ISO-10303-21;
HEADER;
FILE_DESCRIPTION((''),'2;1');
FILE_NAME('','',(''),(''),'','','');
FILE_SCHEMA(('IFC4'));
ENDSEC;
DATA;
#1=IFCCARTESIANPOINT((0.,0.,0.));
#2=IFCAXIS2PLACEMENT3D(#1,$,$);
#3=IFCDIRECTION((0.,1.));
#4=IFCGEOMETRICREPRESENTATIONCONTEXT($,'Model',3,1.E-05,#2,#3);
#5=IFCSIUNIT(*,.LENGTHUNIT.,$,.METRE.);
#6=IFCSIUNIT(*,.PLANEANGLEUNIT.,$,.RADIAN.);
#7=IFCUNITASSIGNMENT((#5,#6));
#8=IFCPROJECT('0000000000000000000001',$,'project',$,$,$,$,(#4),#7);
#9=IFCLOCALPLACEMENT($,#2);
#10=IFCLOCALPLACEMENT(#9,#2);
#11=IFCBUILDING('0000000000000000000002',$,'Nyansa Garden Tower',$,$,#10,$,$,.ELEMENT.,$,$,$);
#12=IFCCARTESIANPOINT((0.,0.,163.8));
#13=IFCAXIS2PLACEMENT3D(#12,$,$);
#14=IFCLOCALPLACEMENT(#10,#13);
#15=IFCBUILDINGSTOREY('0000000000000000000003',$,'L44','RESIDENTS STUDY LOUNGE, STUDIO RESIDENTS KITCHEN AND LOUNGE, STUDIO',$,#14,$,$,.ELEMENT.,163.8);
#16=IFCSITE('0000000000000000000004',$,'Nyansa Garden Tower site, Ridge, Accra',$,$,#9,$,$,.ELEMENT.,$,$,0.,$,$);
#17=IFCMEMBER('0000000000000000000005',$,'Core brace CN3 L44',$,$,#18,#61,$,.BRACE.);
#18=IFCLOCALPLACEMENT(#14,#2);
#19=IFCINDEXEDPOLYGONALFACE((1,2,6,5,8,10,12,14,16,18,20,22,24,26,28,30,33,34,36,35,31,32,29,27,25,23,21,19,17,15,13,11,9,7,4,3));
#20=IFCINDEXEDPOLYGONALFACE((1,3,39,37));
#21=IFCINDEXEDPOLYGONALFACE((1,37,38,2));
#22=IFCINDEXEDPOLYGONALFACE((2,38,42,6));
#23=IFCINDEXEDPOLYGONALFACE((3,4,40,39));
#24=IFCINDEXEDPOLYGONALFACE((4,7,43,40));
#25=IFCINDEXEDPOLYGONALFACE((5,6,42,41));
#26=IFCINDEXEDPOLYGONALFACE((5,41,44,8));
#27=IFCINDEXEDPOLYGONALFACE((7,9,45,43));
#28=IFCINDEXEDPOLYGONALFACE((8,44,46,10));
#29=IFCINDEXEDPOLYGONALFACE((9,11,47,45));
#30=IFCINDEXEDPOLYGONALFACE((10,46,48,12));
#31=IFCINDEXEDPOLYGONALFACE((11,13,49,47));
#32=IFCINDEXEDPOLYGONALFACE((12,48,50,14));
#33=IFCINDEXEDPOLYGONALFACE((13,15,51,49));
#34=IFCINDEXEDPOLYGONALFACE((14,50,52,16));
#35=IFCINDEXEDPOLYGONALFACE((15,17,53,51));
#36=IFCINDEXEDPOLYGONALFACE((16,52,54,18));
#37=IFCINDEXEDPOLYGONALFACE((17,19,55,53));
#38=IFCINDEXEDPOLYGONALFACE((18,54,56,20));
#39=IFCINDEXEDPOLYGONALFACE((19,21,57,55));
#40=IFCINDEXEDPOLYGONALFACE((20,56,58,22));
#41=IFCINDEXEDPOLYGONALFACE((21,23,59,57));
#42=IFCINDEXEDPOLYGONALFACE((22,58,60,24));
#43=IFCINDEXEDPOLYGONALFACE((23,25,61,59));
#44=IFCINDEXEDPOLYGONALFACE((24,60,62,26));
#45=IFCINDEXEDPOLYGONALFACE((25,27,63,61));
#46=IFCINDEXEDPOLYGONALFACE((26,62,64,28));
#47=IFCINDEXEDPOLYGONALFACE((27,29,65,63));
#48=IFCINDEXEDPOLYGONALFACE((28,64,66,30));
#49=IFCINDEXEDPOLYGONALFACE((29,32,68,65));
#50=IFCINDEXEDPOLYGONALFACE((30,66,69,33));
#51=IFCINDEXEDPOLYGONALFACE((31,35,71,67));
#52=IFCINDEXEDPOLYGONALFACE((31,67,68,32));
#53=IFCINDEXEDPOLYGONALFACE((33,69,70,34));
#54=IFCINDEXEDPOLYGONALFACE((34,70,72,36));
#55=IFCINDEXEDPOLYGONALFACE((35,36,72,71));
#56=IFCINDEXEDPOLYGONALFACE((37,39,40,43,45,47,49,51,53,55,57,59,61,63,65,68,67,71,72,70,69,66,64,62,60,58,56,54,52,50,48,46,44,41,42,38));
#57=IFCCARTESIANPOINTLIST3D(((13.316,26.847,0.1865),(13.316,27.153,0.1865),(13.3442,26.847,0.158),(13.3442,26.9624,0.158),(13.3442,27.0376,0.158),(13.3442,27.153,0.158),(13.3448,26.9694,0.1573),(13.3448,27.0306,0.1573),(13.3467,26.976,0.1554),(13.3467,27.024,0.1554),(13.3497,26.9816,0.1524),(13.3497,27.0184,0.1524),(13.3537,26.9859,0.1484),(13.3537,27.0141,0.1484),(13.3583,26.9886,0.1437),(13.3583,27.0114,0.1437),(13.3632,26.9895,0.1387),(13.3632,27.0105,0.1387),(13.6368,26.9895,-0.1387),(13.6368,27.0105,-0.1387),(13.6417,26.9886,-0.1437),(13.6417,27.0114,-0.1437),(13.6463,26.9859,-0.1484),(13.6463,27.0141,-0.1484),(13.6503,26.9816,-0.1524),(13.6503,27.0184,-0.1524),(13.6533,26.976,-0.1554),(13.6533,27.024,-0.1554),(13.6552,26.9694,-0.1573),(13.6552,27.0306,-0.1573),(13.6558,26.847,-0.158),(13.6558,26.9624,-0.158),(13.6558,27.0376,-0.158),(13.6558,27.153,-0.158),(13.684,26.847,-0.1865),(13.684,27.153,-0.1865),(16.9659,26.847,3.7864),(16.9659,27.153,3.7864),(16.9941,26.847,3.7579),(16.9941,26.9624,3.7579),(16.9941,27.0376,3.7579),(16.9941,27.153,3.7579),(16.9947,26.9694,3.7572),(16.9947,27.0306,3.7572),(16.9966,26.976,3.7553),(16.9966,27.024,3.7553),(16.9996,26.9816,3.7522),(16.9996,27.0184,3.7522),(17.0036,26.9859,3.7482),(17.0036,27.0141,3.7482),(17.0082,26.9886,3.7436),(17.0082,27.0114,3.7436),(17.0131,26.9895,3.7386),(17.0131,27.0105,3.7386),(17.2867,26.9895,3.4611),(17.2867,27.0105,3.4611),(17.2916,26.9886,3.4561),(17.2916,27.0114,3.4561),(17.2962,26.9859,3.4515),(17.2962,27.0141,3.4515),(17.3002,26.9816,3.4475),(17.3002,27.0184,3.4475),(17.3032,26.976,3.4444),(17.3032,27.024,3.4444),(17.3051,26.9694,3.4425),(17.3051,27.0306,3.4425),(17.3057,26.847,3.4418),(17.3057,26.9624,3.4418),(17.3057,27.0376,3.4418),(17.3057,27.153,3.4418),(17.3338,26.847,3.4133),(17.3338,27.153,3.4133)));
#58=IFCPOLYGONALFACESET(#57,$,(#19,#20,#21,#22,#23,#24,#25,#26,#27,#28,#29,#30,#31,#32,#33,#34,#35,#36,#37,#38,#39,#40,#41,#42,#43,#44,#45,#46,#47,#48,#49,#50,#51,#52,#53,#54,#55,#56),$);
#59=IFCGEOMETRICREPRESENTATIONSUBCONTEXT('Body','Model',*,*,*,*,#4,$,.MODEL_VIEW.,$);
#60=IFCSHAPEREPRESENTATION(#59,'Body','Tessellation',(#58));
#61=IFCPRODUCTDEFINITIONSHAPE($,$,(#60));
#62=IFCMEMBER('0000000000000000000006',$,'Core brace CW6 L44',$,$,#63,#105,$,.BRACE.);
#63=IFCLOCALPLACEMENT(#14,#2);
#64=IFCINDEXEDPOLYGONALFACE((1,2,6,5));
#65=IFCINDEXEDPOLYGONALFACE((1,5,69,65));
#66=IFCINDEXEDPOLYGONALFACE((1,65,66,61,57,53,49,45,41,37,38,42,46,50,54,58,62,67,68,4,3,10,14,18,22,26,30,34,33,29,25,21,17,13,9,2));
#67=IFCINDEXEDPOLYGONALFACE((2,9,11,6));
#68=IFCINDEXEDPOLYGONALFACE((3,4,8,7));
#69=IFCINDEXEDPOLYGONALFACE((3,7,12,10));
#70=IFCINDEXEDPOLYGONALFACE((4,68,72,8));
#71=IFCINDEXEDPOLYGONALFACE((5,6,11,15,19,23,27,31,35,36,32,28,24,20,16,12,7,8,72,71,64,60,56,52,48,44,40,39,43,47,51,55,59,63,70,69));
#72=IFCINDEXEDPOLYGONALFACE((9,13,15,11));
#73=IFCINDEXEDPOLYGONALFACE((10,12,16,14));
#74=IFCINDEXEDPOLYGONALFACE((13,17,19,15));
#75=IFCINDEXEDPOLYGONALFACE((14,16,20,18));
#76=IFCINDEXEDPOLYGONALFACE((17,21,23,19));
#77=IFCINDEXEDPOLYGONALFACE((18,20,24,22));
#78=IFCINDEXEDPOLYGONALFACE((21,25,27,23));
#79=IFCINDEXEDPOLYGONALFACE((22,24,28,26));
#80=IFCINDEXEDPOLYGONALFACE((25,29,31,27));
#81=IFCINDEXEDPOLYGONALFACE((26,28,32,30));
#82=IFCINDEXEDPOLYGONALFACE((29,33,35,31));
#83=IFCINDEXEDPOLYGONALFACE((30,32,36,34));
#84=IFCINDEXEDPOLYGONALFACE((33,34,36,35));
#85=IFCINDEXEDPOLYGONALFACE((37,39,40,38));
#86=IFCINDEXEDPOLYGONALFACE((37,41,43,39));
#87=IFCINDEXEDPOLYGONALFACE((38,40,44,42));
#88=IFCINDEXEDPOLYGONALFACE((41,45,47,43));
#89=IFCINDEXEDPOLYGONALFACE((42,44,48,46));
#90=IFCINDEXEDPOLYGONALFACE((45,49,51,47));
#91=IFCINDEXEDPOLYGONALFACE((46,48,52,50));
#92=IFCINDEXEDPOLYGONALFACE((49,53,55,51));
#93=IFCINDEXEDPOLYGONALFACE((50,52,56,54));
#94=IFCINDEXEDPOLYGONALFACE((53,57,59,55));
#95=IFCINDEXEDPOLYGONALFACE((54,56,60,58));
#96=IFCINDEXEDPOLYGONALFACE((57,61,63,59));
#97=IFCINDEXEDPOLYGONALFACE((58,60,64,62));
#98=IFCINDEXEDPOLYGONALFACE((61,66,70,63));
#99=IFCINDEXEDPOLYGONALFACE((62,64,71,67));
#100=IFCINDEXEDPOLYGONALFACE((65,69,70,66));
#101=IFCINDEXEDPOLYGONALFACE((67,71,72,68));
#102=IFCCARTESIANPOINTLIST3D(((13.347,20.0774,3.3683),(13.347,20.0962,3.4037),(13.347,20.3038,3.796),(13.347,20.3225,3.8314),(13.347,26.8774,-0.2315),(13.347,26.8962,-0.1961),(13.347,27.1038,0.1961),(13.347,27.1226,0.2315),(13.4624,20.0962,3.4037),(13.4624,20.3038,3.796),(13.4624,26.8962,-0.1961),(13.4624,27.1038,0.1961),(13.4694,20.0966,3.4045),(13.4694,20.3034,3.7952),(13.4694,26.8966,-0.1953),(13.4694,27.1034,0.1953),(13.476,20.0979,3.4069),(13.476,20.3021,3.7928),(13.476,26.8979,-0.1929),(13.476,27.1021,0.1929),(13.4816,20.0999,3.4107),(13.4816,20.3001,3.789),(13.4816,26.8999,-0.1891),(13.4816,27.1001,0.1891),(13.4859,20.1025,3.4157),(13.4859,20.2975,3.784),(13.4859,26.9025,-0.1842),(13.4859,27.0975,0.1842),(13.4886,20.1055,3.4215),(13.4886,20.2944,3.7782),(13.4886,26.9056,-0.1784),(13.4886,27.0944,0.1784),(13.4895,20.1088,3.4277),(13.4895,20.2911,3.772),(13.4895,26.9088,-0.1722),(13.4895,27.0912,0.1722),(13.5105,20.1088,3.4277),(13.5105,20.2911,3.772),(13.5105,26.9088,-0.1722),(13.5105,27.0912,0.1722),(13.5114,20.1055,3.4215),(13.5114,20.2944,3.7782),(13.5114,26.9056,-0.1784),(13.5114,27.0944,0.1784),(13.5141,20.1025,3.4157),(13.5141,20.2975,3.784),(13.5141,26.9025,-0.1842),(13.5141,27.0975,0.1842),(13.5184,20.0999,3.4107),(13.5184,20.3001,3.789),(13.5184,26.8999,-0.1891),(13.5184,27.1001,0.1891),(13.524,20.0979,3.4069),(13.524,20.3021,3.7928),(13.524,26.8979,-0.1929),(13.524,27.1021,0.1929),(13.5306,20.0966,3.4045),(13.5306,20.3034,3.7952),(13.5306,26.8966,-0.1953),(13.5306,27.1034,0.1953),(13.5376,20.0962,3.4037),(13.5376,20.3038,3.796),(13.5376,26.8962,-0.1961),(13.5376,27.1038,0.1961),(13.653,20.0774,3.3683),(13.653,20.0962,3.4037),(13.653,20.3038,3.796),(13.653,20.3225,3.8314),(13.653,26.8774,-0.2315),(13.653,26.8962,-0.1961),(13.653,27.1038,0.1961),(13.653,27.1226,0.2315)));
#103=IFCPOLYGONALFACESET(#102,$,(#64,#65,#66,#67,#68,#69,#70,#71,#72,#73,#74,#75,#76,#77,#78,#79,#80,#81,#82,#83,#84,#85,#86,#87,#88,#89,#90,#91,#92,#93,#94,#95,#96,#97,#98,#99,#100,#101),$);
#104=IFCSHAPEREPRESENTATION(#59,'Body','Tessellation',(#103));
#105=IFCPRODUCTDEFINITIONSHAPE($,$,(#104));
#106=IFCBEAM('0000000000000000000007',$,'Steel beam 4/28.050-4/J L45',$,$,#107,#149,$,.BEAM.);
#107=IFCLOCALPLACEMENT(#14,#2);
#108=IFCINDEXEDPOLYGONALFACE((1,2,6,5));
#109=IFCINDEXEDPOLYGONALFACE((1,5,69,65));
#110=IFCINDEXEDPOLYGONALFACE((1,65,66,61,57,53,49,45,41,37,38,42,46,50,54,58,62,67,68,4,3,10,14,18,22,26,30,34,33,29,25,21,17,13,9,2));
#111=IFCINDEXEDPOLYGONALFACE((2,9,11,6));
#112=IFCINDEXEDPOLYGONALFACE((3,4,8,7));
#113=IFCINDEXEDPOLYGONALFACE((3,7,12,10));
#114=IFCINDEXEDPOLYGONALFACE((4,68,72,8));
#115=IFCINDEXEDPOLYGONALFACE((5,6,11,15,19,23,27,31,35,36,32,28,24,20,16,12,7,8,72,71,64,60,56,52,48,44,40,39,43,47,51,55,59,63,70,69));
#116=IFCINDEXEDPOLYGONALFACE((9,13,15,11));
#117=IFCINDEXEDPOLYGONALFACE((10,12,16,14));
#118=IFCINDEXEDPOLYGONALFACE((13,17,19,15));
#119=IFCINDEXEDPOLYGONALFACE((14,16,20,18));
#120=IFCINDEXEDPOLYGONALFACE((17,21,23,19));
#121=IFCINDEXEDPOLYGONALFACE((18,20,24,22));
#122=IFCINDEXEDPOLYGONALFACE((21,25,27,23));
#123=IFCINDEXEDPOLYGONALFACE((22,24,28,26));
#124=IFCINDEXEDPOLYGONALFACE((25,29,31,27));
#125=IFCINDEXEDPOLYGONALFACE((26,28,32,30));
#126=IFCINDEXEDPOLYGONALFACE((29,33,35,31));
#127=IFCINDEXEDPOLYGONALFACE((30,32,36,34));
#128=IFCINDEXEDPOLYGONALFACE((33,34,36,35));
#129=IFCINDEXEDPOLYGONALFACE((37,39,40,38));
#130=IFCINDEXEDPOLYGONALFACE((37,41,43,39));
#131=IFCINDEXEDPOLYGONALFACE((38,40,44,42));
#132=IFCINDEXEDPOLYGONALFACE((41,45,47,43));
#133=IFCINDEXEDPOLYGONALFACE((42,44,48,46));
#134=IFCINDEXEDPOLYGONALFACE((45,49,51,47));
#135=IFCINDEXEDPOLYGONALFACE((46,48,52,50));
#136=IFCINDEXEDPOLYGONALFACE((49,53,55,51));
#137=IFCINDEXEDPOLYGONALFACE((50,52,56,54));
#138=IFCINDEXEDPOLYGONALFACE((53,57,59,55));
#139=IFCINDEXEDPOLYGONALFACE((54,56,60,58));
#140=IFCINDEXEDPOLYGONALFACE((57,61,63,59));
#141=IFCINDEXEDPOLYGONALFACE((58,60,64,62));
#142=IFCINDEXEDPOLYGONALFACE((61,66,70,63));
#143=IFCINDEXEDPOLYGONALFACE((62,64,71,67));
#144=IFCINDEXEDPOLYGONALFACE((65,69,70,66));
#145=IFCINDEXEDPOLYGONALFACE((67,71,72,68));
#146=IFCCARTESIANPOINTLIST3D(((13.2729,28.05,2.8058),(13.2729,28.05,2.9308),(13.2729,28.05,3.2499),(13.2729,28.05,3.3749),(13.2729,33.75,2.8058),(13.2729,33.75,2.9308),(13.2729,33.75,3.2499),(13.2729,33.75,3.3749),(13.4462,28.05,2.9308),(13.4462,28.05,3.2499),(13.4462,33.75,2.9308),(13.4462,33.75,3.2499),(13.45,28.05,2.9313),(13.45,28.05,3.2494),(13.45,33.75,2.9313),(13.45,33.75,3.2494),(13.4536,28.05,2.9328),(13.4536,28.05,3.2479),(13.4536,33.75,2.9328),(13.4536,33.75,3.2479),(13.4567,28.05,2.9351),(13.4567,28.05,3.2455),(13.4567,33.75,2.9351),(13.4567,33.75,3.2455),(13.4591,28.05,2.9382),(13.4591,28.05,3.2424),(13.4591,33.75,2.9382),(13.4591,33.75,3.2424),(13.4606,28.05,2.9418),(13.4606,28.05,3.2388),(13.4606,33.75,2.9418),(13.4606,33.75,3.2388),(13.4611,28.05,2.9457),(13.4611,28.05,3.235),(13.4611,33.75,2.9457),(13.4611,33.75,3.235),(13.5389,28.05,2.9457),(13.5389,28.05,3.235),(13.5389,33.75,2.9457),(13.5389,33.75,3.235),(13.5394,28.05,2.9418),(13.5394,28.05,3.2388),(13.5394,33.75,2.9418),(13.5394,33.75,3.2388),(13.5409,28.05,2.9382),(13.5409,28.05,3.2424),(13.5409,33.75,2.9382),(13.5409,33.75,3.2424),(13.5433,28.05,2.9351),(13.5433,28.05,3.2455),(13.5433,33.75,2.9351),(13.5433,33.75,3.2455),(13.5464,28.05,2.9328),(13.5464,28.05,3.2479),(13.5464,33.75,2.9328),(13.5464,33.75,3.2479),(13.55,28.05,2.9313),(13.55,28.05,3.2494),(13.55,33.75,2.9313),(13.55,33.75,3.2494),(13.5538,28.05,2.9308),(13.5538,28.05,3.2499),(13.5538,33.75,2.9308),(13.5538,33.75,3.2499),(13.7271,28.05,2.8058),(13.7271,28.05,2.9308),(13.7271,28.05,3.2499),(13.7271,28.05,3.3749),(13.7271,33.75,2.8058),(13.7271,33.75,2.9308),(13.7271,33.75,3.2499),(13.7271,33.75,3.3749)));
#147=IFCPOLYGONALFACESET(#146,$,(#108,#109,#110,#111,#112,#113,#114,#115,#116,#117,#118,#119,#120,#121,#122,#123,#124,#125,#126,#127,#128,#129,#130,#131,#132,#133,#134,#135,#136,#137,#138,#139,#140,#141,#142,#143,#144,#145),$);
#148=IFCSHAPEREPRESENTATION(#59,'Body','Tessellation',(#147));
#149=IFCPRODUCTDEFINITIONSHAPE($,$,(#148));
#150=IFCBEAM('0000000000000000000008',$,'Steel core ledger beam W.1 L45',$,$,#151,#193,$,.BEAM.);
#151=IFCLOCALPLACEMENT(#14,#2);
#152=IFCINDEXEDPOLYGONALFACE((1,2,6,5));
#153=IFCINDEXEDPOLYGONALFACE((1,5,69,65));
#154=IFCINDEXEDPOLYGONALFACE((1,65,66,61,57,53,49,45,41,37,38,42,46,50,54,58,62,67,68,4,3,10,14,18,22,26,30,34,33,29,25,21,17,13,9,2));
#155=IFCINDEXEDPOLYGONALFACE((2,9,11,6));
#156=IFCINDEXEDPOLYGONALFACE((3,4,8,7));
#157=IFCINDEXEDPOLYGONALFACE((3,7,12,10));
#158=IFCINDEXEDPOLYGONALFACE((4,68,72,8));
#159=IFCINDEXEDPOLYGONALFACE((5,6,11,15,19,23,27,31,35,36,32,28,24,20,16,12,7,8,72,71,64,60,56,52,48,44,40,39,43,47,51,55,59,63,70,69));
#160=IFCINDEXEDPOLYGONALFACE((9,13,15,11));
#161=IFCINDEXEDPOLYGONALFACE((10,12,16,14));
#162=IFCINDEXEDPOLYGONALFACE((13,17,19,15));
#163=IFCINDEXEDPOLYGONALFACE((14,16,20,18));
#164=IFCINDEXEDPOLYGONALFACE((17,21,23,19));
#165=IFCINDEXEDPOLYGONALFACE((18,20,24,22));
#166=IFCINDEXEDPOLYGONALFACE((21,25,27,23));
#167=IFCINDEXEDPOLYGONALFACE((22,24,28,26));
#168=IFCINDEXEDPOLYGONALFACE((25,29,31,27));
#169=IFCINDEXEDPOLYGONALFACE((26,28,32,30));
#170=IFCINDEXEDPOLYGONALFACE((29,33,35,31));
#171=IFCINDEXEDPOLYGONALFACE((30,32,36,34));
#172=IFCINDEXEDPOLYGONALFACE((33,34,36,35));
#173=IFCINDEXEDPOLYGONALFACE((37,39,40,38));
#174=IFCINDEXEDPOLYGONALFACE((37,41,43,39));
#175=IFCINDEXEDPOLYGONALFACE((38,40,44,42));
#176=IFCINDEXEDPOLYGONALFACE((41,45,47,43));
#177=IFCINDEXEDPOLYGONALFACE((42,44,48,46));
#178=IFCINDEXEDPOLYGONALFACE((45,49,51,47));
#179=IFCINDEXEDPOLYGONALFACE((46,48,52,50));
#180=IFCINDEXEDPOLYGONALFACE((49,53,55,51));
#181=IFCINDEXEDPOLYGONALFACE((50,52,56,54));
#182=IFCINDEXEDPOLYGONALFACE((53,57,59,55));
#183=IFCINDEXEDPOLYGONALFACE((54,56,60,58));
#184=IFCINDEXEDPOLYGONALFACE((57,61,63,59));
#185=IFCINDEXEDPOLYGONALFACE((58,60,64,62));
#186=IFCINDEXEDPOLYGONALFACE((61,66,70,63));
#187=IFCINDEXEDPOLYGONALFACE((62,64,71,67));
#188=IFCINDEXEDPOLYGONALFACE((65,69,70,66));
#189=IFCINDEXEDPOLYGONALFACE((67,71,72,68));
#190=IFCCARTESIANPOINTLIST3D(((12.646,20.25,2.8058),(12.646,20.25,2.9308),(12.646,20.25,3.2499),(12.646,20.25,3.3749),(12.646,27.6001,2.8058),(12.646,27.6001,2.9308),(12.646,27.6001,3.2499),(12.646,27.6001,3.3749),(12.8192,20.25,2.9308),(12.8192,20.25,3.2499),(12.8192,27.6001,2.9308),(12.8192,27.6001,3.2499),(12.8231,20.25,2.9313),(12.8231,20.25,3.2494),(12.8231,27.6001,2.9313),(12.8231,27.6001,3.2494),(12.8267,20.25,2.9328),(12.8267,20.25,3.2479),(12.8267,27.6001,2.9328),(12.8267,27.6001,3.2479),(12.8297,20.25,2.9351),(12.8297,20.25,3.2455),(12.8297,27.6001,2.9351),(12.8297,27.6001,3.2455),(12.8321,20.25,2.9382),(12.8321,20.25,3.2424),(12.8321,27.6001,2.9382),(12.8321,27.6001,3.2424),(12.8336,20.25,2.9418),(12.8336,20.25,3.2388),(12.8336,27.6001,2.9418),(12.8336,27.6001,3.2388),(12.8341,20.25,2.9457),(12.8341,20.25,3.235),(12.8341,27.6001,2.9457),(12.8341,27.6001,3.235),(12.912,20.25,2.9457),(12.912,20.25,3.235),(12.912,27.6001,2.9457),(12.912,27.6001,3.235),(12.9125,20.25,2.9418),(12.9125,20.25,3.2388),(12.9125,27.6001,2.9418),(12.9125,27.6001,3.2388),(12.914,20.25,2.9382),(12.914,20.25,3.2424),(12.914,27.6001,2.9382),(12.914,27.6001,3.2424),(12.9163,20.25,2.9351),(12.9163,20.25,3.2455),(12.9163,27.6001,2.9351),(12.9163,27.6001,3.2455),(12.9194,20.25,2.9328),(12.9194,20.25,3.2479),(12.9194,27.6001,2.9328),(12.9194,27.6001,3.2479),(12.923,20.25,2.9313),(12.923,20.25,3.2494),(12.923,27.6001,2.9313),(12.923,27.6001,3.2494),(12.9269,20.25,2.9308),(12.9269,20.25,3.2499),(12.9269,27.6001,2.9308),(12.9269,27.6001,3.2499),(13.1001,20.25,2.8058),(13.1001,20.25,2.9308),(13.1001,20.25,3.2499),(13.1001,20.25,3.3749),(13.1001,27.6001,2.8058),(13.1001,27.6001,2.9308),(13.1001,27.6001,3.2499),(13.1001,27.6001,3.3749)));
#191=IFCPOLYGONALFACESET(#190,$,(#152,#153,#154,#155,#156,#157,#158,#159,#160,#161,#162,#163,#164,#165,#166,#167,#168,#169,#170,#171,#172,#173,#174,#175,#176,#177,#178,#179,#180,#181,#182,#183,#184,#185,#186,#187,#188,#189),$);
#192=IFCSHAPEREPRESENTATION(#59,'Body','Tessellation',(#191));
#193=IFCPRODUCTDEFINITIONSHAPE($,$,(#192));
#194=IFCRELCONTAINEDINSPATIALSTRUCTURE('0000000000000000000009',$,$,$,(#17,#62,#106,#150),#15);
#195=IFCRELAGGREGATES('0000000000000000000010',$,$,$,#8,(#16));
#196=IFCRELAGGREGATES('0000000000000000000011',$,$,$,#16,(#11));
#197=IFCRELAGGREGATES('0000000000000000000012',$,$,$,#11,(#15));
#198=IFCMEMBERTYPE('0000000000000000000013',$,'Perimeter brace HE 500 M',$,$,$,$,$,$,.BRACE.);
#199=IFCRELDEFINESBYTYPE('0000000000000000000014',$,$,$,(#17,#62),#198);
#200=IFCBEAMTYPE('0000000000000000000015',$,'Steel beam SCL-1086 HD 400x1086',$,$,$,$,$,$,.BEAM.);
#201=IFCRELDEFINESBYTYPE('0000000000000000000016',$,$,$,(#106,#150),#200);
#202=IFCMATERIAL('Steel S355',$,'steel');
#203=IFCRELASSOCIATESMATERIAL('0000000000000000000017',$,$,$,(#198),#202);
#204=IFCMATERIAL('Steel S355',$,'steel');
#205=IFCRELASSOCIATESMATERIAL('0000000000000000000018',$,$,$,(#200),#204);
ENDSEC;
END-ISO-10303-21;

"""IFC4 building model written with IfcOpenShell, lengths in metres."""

from ifc_helpers import new_model, si_unit, direction, frame, origin, origin_2d, place, context, subcontext, project, spatial, i_section, extrude, material, material_profile, profile_set, type_object, element, save


model = new_model("IFC4")

# Units and contexts
model_context = context("Model", 3, precision=1e-05, world=origin(), true_north=direction((0.0, 1.0)))
body_context = subcontext(model_context, "Body", "Model", "MODEL_VIEW")
ifc_project = project(units=[si_unit("LENGTHUNIT", "METRE"), si_unit("PLANEANGLEUNIT", "RADIAN")], contexts=[model_context])

# Site, building, storey
site_placement = place(None, origin())
site = spatial("IfcSite", under=ifc_project, at=site_placement, Name="Nyansa Garden Tower site, Ridge, Accra", CompositionType="ELEMENT", RefElevation=0.0)
building_placement = place(site_placement, origin())
building = spatial("IfcBuilding", under=site, at=building_placement, Name="Nyansa Garden Tower", CompositionType="ELEMENT")
storey_placement = place(building_placement, frame((0.0, 0.0, 163.8)))
storey = spatial("IfcBuildingStorey", under=building, at=storey_placement, Name="L44", Description="RESIDENTS STUDY LOUNGE, STUDIO RESIDENTS KITCHEN AND LOUNGE, STUDIO", CompositionType="ELEMENT", Elevation=163.8)

# Members
ifc_material_1 = material(Name="Steel S355", Category="steel")
ifc_material_profile_1 = material_profile(ifc_material_1, i_section(OverallWidth=0.3059, OverallDepth=0.5239, WebThickness=0.021, FlangeThickness=0.04, FilletRadius=0.0271, at=origin_2d()), Name="HE 500 M")
ifc_profile_set_1 = profile_set([ifc_material_profile_1], Name="Steel S355")
member_type = type_object("IfcMemberType", Name="Perimeter brace HE 500 M", PredefinedType="BRACE", material=ifc_profile_set_1)
member_1_placement = place(storey_placement, frame((13.5, 27.0, 0.0), z_axis=(0.711971, 0.0, 0.702209), x_axis=(0.0, 1.0, 0.0)))
element("IfcMember", 1, at=member_1_placement, inside=storey, type_object=member_type, Name="Core brace CN3 L44", PredefinedType="BRACE", context=body_context, shape_type="SweptSolid", body=[
    extrude(i_section(OverallWidth=0.3059, OverallDepth=0.5239, WebThickness=0.021, FlangeThickness=0.04, FilletRadius=0.0271, at=origin_2d()), origin(), (0.0, 0.0, 1.0), 5.1265),
])
member_2_placement = place(storey_placement, frame((13.5, 27.0, 0.0), z_axis=(0.0, -0.883797, 0.46787), x_axis=(1.0, 0.0, 0.0)))
element("IfcMember", 2, at=member_2_placement, inside=storey, type_object=member_type, Name="Core brace CW6 L44", PredefinedType="BRACE", context=body_context, shape_type="SweptSolid", body=[
    extrude(i_section(OverallWidth=0.3059, OverallDepth=0.5239, WebThickness=0.021, FlangeThickness=0.04, FilletRadius=0.0271, at=origin_2d()), origin(), (0.0, 0.0, 1.0), 7.6941),
])

# Beams
ifc_material_2 = material(Name="Steel S355", Category="steel")
ifc_material_profile_2 = material_profile(ifc_material_2, i_section(OverallWidth=0.4541, OverallDepth=0.5691, WebThickness=0.0779, FlangeThickness=0.125, FilletRadius=0.0149, at=origin_2d()), Name="HD 400x1086")
ifc_profile_set_2 = profile_set([ifc_material_profile_2], Name="Steel S355")
beam_type = type_object("IfcBeamType", Name="Steel beam SCL-1086 HD 400x1086", PredefinedType="BEAM", material=ifc_profile_set_2)
beam_1_placement = place(storey_placement, frame((13.5, 28.05, 3.0903), z_axis=(0.0, 1.0, 0.0), x_axis=(-1.0, 0.0, 0.0)))
element("IfcBeam", 3, at=beam_1_placement, inside=storey, type_object=beam_type, Name="Steel beam 4/28.050-4/J L45", PredefinedType="BEAM", context=body_context, shape_type="SweptSolid", body=[
    extrude(i_section(OverallWidth=0.4541, OverallDepth=0.5691, WebThickness=0.0779, FlangeThickness=0.125, FilletRadius=0.0149, at=origin_2d()), origin(), (0.0, 0.0, 1.0), 5.7),
])
beam_2_placement = place(storey_placement, frame((12.873, 27.6001, 3.0903), z_axis=(0.0, -1.0, 0.0), x_axis=(1.0, 0.0, 0.0)))
element("IfcBeam", 4, at=beam_2_placement, inside=storey, type_object=beam_type, Name="Steel core ledger beam W.1 L45", PredefinedType="BEAM", context=body_context, shape_type="SweptSolid", body=[
    extrude(i_section(OverallWidth=0.4541, OverallDepth=0.5691, WebThickness=0.0779, FlangeThickness=0.125, FilletRadius=0.0149, at=origin_2d()), origin(), (0.0, 0.0, 1.0), 7.3501),
])

save(model, "model.ifc")
